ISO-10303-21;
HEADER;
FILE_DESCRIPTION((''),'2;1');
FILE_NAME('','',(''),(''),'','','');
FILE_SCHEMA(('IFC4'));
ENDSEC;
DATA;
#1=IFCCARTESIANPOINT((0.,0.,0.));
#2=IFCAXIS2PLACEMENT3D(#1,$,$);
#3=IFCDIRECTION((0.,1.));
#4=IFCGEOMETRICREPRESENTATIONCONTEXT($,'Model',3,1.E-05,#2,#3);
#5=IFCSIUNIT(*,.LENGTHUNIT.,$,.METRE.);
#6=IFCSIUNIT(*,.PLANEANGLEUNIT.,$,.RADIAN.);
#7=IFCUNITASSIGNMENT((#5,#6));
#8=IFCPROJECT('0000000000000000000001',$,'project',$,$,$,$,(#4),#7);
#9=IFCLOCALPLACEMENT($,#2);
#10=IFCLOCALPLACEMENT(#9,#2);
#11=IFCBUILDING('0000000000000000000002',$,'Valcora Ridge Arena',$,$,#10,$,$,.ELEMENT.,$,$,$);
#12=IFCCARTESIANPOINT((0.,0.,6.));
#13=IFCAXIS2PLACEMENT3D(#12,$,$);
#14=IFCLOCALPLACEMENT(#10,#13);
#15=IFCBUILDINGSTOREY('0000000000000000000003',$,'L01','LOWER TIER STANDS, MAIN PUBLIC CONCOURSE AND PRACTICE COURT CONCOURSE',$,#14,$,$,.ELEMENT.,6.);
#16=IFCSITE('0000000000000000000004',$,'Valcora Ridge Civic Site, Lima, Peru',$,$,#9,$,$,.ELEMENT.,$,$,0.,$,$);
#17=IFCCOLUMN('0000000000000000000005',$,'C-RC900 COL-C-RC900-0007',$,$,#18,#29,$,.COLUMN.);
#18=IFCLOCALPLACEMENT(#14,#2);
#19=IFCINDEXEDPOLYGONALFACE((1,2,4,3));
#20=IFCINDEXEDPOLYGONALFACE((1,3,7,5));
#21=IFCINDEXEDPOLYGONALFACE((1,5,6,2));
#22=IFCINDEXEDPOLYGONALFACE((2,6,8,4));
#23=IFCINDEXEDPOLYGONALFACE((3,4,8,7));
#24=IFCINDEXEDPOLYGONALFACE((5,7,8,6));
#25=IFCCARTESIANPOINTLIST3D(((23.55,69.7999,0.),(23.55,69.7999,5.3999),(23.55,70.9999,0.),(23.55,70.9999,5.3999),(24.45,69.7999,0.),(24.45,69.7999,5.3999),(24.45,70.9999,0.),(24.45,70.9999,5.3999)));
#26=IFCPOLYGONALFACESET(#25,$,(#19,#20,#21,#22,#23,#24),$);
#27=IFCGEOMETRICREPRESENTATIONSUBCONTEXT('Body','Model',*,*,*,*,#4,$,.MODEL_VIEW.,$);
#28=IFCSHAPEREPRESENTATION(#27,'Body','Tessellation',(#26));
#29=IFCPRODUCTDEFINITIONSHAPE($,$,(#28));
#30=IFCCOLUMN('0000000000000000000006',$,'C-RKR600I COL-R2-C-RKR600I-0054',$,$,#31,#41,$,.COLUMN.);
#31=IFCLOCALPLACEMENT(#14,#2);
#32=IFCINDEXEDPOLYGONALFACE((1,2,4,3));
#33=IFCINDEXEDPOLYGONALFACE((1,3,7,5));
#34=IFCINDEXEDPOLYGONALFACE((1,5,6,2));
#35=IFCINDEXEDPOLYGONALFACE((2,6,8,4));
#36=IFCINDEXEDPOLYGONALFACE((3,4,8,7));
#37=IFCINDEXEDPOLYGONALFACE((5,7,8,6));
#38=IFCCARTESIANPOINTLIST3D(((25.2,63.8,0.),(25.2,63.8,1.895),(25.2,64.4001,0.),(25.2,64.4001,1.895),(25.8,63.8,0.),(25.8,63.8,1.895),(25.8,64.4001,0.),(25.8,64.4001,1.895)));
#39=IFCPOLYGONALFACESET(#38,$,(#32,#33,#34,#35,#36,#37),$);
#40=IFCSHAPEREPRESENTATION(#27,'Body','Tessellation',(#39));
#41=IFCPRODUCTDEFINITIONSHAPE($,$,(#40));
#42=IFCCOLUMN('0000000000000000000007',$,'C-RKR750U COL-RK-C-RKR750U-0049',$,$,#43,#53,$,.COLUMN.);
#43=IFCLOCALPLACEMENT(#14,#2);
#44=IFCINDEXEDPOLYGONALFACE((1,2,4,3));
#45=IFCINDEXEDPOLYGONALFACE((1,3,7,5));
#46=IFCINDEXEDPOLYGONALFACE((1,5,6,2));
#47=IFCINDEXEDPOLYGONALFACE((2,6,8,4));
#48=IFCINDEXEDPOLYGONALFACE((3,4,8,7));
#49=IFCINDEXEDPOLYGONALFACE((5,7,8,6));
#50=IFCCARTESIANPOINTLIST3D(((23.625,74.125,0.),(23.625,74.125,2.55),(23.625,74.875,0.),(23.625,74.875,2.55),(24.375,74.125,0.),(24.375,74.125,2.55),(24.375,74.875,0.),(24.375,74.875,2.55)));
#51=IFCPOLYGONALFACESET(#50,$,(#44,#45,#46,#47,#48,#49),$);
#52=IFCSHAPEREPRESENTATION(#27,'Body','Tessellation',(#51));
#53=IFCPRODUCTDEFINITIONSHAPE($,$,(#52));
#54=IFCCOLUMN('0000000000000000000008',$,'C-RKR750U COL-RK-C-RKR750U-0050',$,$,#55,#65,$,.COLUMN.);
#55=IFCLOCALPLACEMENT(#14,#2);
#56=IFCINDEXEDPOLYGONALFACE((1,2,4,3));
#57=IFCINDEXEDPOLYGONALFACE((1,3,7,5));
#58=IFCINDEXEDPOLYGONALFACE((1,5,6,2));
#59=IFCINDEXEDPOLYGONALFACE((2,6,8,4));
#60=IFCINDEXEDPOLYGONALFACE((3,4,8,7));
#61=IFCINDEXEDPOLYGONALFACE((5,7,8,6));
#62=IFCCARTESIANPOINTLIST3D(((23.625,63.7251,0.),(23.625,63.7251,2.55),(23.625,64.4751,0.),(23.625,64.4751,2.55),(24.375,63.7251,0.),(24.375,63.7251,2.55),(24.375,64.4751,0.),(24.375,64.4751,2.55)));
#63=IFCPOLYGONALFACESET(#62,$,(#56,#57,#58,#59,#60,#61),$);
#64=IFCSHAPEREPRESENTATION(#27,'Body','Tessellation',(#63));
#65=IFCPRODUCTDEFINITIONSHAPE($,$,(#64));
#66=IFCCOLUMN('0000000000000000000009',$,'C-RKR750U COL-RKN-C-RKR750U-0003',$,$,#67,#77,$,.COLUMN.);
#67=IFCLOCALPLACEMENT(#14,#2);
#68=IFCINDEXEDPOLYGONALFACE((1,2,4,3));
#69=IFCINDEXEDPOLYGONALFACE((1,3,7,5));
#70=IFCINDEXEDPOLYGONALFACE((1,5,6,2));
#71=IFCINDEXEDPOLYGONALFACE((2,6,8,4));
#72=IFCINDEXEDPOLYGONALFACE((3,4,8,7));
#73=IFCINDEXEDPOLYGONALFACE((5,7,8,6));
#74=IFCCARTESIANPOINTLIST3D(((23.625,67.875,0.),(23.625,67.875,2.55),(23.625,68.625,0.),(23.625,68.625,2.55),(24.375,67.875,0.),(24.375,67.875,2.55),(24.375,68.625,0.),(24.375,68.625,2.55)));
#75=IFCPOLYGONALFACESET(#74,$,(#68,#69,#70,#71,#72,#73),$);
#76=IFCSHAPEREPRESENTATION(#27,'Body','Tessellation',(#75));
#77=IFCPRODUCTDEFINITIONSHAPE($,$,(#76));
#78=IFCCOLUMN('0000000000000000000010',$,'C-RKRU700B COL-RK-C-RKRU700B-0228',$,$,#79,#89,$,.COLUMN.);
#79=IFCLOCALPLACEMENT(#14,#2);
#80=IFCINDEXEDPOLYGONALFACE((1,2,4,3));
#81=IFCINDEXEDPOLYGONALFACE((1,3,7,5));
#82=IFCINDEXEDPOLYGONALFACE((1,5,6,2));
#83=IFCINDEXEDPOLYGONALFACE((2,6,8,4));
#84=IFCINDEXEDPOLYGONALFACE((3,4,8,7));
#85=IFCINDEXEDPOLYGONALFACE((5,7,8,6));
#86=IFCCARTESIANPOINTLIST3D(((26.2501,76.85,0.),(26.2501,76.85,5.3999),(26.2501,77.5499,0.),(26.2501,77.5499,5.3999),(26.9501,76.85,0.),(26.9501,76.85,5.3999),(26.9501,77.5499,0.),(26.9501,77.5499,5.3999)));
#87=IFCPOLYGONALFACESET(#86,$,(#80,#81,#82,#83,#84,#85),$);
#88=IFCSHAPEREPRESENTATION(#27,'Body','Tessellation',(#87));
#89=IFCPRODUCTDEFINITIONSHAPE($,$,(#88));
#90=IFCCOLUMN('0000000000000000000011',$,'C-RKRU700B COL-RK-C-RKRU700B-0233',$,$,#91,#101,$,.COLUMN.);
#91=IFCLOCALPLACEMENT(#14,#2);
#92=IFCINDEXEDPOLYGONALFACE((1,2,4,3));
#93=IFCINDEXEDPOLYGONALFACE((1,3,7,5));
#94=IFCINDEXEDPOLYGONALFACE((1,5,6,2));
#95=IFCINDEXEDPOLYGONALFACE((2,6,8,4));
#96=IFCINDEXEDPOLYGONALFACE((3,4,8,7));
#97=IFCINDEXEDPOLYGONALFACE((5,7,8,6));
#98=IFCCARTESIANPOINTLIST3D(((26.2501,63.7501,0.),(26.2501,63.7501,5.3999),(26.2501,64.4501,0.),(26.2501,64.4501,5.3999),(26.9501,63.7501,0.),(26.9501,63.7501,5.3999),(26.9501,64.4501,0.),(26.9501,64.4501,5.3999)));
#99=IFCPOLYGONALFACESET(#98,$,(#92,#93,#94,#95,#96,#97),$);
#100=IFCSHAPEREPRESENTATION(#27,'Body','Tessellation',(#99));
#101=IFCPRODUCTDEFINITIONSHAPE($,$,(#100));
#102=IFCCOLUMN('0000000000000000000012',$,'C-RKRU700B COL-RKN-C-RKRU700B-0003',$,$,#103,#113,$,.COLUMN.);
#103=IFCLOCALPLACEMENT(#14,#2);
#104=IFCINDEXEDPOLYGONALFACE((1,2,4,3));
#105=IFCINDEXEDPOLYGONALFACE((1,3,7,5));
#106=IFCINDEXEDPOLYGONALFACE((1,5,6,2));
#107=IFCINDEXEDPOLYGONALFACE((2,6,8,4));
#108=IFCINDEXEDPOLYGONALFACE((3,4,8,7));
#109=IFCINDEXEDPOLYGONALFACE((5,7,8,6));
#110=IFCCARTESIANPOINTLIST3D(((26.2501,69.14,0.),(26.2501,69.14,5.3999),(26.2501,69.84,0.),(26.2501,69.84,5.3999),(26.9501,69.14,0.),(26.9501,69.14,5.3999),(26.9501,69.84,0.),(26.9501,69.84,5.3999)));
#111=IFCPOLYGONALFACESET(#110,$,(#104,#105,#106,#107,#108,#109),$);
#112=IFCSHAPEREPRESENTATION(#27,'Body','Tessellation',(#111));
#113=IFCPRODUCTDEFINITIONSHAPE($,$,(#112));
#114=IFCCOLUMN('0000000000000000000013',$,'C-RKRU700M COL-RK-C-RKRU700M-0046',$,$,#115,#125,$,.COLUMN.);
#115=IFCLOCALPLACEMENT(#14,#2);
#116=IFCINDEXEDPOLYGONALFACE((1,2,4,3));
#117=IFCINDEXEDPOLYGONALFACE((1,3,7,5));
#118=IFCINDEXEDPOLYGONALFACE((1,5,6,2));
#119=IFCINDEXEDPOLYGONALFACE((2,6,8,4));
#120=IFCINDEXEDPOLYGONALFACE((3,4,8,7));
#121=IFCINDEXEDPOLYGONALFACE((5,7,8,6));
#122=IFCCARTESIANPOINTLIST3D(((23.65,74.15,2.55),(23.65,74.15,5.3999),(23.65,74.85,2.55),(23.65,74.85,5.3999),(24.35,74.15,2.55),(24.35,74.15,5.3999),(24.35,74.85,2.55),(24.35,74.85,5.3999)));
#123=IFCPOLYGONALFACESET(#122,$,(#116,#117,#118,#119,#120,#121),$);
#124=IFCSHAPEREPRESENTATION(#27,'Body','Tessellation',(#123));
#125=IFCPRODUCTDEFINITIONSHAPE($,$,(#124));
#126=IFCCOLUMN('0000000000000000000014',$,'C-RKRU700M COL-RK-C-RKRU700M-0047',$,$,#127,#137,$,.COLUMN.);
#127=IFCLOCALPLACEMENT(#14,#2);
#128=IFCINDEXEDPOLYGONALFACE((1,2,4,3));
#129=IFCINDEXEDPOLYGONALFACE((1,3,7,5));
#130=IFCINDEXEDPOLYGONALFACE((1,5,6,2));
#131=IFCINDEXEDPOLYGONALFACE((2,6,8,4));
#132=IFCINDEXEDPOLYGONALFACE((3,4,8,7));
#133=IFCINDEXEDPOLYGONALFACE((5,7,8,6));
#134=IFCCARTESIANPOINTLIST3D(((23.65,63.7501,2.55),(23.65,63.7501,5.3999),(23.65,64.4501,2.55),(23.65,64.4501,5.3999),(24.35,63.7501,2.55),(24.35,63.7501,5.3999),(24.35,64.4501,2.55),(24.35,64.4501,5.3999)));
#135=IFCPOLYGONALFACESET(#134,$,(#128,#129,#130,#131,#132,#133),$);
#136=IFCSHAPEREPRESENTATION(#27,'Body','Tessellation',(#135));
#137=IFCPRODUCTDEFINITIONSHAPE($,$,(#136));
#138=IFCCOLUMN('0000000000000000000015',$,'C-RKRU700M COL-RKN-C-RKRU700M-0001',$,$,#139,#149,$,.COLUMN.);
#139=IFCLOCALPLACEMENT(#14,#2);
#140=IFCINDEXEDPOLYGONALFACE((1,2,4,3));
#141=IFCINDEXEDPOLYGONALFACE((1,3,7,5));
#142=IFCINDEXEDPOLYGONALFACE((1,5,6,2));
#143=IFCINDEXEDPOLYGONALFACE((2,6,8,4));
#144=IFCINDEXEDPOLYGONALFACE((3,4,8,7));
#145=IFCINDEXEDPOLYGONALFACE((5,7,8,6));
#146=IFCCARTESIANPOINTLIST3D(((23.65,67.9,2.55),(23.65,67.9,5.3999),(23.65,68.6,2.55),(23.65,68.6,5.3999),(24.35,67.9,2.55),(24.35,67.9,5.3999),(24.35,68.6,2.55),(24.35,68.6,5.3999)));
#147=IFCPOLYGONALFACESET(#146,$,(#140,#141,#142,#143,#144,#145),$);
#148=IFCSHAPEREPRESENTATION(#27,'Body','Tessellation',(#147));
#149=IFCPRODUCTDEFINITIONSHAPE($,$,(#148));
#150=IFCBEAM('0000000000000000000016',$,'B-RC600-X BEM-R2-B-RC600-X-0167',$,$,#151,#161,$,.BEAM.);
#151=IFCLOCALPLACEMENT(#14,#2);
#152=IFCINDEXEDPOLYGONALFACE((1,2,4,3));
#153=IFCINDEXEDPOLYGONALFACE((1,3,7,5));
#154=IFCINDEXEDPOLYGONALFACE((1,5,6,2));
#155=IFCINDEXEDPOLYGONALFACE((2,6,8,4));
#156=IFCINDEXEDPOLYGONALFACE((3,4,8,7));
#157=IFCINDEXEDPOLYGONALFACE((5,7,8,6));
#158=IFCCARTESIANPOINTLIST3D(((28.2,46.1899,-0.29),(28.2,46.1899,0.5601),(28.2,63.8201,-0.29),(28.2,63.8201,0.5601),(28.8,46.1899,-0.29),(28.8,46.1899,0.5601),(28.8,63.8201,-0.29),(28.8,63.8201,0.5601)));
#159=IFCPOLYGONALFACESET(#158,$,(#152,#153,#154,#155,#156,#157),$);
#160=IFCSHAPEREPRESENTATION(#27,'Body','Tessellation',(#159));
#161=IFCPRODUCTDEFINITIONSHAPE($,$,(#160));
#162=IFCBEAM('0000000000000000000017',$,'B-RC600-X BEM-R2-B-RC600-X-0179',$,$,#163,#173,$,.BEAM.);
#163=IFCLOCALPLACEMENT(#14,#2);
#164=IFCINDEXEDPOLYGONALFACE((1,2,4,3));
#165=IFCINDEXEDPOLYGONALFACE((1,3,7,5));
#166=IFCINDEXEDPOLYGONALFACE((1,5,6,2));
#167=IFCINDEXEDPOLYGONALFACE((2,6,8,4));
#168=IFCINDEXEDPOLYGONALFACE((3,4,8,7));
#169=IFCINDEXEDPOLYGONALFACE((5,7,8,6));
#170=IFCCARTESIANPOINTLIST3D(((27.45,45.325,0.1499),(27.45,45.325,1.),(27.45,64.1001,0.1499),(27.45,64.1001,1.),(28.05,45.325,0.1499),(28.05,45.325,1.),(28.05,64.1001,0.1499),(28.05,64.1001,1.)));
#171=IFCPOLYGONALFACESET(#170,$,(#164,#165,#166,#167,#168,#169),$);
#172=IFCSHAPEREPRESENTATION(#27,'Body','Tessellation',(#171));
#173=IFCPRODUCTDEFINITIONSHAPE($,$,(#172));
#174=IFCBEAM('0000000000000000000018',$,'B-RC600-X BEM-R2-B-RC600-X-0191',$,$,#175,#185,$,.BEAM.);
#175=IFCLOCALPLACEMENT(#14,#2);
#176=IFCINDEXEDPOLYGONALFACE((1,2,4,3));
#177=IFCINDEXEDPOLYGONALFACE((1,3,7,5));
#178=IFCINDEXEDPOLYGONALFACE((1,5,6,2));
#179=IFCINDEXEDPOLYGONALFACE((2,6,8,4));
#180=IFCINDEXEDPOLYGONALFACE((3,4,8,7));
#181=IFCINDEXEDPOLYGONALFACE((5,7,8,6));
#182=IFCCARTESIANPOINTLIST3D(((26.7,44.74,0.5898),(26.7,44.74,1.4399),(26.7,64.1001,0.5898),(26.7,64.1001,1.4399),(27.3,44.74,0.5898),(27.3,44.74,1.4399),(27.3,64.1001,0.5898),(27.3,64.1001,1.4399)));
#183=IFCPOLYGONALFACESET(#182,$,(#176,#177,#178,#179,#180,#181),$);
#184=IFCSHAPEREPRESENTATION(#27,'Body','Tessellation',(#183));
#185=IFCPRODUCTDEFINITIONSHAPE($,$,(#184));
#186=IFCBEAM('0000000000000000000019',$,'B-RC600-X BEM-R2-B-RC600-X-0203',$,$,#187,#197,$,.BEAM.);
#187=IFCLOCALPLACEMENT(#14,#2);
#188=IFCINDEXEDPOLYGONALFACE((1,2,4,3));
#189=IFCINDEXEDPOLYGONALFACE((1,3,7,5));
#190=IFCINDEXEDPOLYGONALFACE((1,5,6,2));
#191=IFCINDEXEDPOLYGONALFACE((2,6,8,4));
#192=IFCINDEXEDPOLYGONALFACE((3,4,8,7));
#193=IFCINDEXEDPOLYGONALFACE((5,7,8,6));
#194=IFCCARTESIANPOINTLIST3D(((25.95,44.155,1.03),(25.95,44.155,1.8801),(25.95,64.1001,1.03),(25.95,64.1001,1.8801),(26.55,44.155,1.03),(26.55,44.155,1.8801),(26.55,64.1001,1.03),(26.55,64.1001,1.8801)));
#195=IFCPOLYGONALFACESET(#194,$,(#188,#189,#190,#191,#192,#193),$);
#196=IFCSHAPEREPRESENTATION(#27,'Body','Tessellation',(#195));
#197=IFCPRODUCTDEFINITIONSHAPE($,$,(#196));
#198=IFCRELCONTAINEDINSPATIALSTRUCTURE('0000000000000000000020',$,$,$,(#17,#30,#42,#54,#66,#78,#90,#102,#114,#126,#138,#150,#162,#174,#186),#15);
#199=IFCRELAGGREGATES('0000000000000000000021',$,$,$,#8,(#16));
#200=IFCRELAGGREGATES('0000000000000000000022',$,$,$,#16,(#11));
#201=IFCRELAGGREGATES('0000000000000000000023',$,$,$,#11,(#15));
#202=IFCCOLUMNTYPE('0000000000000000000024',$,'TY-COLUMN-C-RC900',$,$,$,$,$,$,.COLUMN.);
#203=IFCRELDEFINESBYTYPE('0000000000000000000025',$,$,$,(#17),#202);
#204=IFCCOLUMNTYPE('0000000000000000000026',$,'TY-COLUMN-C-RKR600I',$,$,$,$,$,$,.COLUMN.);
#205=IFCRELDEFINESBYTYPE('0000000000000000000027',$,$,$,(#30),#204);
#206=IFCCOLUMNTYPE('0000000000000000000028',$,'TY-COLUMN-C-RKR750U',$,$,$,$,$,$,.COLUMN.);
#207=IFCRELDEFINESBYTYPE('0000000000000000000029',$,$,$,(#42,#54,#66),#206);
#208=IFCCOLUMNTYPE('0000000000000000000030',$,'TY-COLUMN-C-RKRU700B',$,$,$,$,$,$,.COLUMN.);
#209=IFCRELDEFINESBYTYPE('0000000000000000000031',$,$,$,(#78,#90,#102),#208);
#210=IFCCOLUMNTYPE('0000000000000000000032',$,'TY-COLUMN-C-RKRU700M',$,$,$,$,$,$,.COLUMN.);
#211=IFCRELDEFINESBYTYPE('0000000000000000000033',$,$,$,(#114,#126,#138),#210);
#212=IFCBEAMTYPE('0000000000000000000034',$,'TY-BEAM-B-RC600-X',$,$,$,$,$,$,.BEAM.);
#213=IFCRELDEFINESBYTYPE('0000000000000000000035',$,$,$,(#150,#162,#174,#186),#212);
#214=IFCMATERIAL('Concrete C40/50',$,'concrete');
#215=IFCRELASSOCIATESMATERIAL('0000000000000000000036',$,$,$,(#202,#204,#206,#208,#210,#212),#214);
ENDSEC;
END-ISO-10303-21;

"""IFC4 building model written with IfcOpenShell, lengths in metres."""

from ifc_helpers import new_model, si_unit, direction, frame, origin, origin_2d, place, context, subcontext, project, spatial, rectangle, extrude, material, material_profile, profile_set, type_object, element, save


model = new_model("IFC4")

# Units and contexts
model_context = context("Model", 3, precision=1e-05, world=origin(), true_north=direction((0.0, 1.0)))
body_context = subcontext(model_context, "Body", "Model", "MODEL_VIEW")
ifc_project = project(units=[si_unit("LENGTHUNIT", "METRE"), si_unit("PLANEANGLEUNIT", "RADIAN")], contexts=[model_context])

# Site, building, storey
site_placement = place(None, origin())
site = spatial("IfcSite", under=ifc_project, at=site_placement, Name="Valcora Ridge Civic Site, Lima, Peru", CompositionType="ELEMENT", RefElevation=0.0)
building_placement = place(site_placement, origin())
building = spatial("IfcBuilding", under=site, at=building_placement, Name="Valcora Ridge Arena", CompositionType="ELEMENT")
storey_placement = place(building_placement, frame((0.0, 0.0, 6.0)))
storey = spatial("IfcBuildingStorey", under=building, at=storey_placement, Name="L01", Description="LOWER TIER STANDS, MAIN PUBLIC CONCOURSE AND PRACTICE COURT CONCOURSE", CompositionType="ELEMENT", Elevation=6.0)

# Columns
ifc_material_1 = material(Name="Concrete C40/50", Category="concrete")
ifc_material_profile_1 = material_profile(ifc_material_1, rectangle(XDim=0.8999, YDim=1.2, at=origin_2d()), Name="RC 900x1200")
ifc_profile_set_1 = profile_set([ifc_material_profile_1], Name="Concrete C40/50")
column_type_1 = type_object("IfcColumnType", Name="TY-COLUMN-C-RC900", PredefinedType="COLUMN", material=ifc_profile_set_1)
column_1_placement = place(storey_placement, frame((24.0, 70.3999, 0.0), z_axis=(0.0, 0.0, 1.0), x_axis=(1.0, 0.0, 0.0)))
element("IfcColumn", 1, at=column_1_placement, inside=storey, type_object=column_type_1, Name="C-RC900 COL-C-RC900-0007", PredefinedType="COLUMN", context=body_context, shape_type="SweptSolid", body=[
    extrude(rectangle(XDim=0.8999, YDim=1.2, at=origin_2d()), origin(), (0.0, 0.0, 1.0), 5.3999),
])
ifc_material_profile_2 = material_profile(ifc_material_1, rectangle(XDim=0.6001, YDim=0.6001, at=origin_2d()), Name="RC 600x600")
ifc_profile_set_2 = profile_set([ifc_material_profile_2], Name="Concrete C40/50")
column_type_2 = type_object("IfcColumnType", Name="TY-COLUMN-C-RKR600I", PredefinedType="COLUMN", material=ifc_profile_set_2)
column_2_placement = place(storey_placement, frame((25.5, 64.1001, 0.0), z_axis=(0.0, 0.0, 1.0), x_axis=(1.0, 0.0, 0.0)))
element("IfcColumn", 2, at=column_2_placement, inside=storey, type_object=column_type_2, Name="C-RKR600I COL-R2-C-RKR600I-0054", PredefinedType="COLUMN", context=body_context, shape_type="SweptSolid", body=[
    extrude(rectangle(XDim=0.6001, YDim=0.6001, at=origin_2d()), origin(), (0.0, 0.0, 1.0), 1.895),
])
ifc_material_profile_3 = material_profile(ifc_material_1, rectangle(XDim=0.75, YDim=0.75, at=origin_2d()), Name="RC 750x750")
ifc_profile_set_3 = profile_set([ifc_material_profile_3], Name="Concrete C40/50")
column_type_3 = type_object("IfcColumnType", Name="TY-COLUMN-C-RKR750U", PredefinedType="COLUMN", material=ifc_profile_set_3)
for number, where, z_axis, x_axis, name in (
    (3, (24.0, 74.5, 0.0), (0.0, 0.0, 1.0), (1.0, 0.0, 0.0), "C-RKR750U COL-RK-C-RKR750U-0049"),
    (4, (24.0, 64.1001, 0.0), (0.0, 0.0, 1.0), (1.0, 0.0, 0.0), "C-RKR750U COL-RK-C-RKR750U-0050"),
    (5, (24.0, 68.25, 0.0), (0.0, 0.0, 1.0), (1.0, 0.0, 0.0), "C-RKR750U COL-RKN-C-RKR750U-0003"),
):
    element("IfcColumn", number, at=place(storey_placement, frame(where, z_axis=z_axis, x_axis=x_axis)), inside=storey, type_object=column_type_3, Name=name, PredefinedType="COLUMN", context=body_context, shape_type="SweptSolid", body=[
        extrude(rectangle(XDim=0.75, YDim=0.75, at=origin_2d()), origin(), (0.0, 0.0, 1.0), 2.55),
    ])
ifc_material_profile_4 = material_profile(ifc_material_1, rectangle(XDim=0.7, YDim=0.7, at=origin_2d()), Name="RC 700x700")
ifc_profile_set_4 = profile_set([ifc_material_profile_4], Name="Concrete C40/50")
column_type_4 = type_object("IfcColumnType", Name="TY-COLUMN-C-RKRU700B", PredefinedType="COLUMN", material=ifc_profile_set_4)
for number, where, z_axis, x_axis, name in (
    (6, (26.6001, 77.2, 0.0), (0.0, 0.0, 1.0), (1.0, 0.0, 0.0), "C-RKRU700B COL-RK-C-RKRU700B-0228"),
    (7, (26.6001, 64.1001, 0.0), (0.0, 0.0, 1.0), (1.0, 0.0, 0.0), "C-RKRU700B COL-RK-C-RKRU700B-0233"),
    (8, (26.6001, 69.49, 0.0), (0.0, 0.0, 1.0), (1.0, 0.0, 0.0), "C-RKRU700B COL-RKN-C-RKRU700B-0003"),
):
    element("IfcColumn", number, at=place(storey_placement, frame(where, z_axis=z_axis, x_axis=x_axis)), inside=storey, type_object=column_type_4, Name=name, PredefinedType="COLUMN", context=body_context, shape_type="SweptSolid", body=[
        extrude(rectangle(XDim=0.7, YDim=0.7, at=origin_2d()), origin(), (0.0, 0.0, 1.0), 5.3999),
    ])
ifc_material_profile_5 = material_profile(ifc_material_1, rectangle(XDim=0.7, YDim=0.7, at=origin_2d()), Name="RC 700x700")
ifc_profile_set_5 = profile_set([ifc_material_profile_5], Name="Concrete C40/50")
column_type_5 = type_object("IfcColumnType", Name="TY-COLUMN-C-RKRU700M", PredefinedType="COLUMN", material=ifc_profile_set_5)
for number, where, z_axis, x_axis, name in (
    (9, (24.0, 74.5, 2.55), (0.0, 0.0, 1.0), (1.0, 0.0, 0.0), "C-RKRU700M COL-RK-C-RKRU700M-0046"),
    (10, (24.0, 64.1001, 2.55), (0.0, 0.0, 1.0), (1.0, 0.0, 0.0), "C-RKRU700M COL-RK-C-RKRU700M-0047"),
    (11, (24.0, 68.25, 2.55), (0.0, 0.0, 1.0), (1.0, 0.0, 0.0), "C-RKRU700M COL-RKN-C-RKRU700M-0001"),
):
    element("IfcColumn", number, at=place(storey_placement, frame(where, z_axis=z_axis, x_axis=x_axis)), inside=storey, type_object=column_type_5, Name=name, PredefinedType="COLUMN", context=body_context, shape_type="SweptSolid", body=[
        extrude(rectangle(XDim=0.7, YDim=0.7, at=origin_2d()), origin(), (0.0, 0.0, 1.0), 2.8499),
    ])

# Beams
ifc_material_profile_6 = material_profile(ifc_material_1, rectangle(XDim=0.6001, YDim=0.8501, at=origin_2d()), Name="RC 600x850")
ifc_profile_set_6 = profile_set([ifc_material_profile_6], Name="Concrete C40/50")
beam_type_1 = type_object("IfcBeamType", Name="TY-BEAM-B-RC600-X", PredefinedType="BEAM", material=ifc_profile_set_6)
beam_1_placement = place(storey_placement, frame((28.5, 63.8201, 0.135), z_axis=(0.0, -1.0, 0.0), x_axis=(1.0, 0.0, 0.0)))
element("IfcBeam", 12, at=beam_1_placement, inside=storey, type_object=beam_type_1, Name="B-RC600-X BEM-R2-B-RC600-X-0167", PredefinedType="BEAM", context=body_context, shape_type="SweptSolid", body=[
    extrude(rectangle(XDim=0.6001, YDim=0.8501, at=origin_2d()), origin(), (0.0, 0.0, 1.0), 17.6301),
])
beam_2_placement = place(storey_placement, frame((27.75, 64.1001, 0.575), z_axis=(0.0, -1.0, 0.0), x_axis=(1.0, 0.0, 0.0)))
element("IfcBeam", 13, at=beam_2_placement, inside=storey, type_object=beam_type_1, Name="B-RC600-X BEM-R2-B-RC600-X-0179", PredefinedType="BEAM", context=body_context, shape_type="SweptSolid", body=[
    extrude(rectangle(XDim=0.6001, YDim=0.8501, at=origin_2d()), origin(), (0.0, 0.0, 1.0), 18.7751),
])
beam_3_placement = place(storey_placement, frame((27.0, 64.1001, 1.0149), z_axis=(0.0, -1.0, 0.0), x_axis=(1.0, 0.0, 0.0)))
element("IfcBeam", 14, at=beam_3_placement, inside=storey, type_object=beam_type_1, Name="B-RC600-X BEM-R2-B-RC600-X-0191", PredefinedType="BEAM", context=body_context, shape_type="SweptSolid", body=[
    extrude(rectangle(XDim=0.6001, YDim=0.8501, at=origin_2d()), origin(), (0.0, 0.0, 1.0), 19.3601),
])
beam_4_placement = place(storey_placement, frame((26.25, 64.1001, 1.4551), z_axis=(0.0, -1.0, 0.0), x_axis=(1.0, 0.0, 0.0)))
element("IfcBeam", 15, at=beam_4_placement, inside=storey, type_object=beam_type_1, Name="B-RC600-X BEM-R2-B-RC600-X-0203", PredefinedType="BEAM", context=body_context, shape_type="SweptSolid", body=[
    extrude(rectangle(XDim=0.6001, YDim=0.8501, at=origin_2d()), origin(), (0.0, 0.0, 1.0), 19.9451),
])

save(model, "model.ifc")
